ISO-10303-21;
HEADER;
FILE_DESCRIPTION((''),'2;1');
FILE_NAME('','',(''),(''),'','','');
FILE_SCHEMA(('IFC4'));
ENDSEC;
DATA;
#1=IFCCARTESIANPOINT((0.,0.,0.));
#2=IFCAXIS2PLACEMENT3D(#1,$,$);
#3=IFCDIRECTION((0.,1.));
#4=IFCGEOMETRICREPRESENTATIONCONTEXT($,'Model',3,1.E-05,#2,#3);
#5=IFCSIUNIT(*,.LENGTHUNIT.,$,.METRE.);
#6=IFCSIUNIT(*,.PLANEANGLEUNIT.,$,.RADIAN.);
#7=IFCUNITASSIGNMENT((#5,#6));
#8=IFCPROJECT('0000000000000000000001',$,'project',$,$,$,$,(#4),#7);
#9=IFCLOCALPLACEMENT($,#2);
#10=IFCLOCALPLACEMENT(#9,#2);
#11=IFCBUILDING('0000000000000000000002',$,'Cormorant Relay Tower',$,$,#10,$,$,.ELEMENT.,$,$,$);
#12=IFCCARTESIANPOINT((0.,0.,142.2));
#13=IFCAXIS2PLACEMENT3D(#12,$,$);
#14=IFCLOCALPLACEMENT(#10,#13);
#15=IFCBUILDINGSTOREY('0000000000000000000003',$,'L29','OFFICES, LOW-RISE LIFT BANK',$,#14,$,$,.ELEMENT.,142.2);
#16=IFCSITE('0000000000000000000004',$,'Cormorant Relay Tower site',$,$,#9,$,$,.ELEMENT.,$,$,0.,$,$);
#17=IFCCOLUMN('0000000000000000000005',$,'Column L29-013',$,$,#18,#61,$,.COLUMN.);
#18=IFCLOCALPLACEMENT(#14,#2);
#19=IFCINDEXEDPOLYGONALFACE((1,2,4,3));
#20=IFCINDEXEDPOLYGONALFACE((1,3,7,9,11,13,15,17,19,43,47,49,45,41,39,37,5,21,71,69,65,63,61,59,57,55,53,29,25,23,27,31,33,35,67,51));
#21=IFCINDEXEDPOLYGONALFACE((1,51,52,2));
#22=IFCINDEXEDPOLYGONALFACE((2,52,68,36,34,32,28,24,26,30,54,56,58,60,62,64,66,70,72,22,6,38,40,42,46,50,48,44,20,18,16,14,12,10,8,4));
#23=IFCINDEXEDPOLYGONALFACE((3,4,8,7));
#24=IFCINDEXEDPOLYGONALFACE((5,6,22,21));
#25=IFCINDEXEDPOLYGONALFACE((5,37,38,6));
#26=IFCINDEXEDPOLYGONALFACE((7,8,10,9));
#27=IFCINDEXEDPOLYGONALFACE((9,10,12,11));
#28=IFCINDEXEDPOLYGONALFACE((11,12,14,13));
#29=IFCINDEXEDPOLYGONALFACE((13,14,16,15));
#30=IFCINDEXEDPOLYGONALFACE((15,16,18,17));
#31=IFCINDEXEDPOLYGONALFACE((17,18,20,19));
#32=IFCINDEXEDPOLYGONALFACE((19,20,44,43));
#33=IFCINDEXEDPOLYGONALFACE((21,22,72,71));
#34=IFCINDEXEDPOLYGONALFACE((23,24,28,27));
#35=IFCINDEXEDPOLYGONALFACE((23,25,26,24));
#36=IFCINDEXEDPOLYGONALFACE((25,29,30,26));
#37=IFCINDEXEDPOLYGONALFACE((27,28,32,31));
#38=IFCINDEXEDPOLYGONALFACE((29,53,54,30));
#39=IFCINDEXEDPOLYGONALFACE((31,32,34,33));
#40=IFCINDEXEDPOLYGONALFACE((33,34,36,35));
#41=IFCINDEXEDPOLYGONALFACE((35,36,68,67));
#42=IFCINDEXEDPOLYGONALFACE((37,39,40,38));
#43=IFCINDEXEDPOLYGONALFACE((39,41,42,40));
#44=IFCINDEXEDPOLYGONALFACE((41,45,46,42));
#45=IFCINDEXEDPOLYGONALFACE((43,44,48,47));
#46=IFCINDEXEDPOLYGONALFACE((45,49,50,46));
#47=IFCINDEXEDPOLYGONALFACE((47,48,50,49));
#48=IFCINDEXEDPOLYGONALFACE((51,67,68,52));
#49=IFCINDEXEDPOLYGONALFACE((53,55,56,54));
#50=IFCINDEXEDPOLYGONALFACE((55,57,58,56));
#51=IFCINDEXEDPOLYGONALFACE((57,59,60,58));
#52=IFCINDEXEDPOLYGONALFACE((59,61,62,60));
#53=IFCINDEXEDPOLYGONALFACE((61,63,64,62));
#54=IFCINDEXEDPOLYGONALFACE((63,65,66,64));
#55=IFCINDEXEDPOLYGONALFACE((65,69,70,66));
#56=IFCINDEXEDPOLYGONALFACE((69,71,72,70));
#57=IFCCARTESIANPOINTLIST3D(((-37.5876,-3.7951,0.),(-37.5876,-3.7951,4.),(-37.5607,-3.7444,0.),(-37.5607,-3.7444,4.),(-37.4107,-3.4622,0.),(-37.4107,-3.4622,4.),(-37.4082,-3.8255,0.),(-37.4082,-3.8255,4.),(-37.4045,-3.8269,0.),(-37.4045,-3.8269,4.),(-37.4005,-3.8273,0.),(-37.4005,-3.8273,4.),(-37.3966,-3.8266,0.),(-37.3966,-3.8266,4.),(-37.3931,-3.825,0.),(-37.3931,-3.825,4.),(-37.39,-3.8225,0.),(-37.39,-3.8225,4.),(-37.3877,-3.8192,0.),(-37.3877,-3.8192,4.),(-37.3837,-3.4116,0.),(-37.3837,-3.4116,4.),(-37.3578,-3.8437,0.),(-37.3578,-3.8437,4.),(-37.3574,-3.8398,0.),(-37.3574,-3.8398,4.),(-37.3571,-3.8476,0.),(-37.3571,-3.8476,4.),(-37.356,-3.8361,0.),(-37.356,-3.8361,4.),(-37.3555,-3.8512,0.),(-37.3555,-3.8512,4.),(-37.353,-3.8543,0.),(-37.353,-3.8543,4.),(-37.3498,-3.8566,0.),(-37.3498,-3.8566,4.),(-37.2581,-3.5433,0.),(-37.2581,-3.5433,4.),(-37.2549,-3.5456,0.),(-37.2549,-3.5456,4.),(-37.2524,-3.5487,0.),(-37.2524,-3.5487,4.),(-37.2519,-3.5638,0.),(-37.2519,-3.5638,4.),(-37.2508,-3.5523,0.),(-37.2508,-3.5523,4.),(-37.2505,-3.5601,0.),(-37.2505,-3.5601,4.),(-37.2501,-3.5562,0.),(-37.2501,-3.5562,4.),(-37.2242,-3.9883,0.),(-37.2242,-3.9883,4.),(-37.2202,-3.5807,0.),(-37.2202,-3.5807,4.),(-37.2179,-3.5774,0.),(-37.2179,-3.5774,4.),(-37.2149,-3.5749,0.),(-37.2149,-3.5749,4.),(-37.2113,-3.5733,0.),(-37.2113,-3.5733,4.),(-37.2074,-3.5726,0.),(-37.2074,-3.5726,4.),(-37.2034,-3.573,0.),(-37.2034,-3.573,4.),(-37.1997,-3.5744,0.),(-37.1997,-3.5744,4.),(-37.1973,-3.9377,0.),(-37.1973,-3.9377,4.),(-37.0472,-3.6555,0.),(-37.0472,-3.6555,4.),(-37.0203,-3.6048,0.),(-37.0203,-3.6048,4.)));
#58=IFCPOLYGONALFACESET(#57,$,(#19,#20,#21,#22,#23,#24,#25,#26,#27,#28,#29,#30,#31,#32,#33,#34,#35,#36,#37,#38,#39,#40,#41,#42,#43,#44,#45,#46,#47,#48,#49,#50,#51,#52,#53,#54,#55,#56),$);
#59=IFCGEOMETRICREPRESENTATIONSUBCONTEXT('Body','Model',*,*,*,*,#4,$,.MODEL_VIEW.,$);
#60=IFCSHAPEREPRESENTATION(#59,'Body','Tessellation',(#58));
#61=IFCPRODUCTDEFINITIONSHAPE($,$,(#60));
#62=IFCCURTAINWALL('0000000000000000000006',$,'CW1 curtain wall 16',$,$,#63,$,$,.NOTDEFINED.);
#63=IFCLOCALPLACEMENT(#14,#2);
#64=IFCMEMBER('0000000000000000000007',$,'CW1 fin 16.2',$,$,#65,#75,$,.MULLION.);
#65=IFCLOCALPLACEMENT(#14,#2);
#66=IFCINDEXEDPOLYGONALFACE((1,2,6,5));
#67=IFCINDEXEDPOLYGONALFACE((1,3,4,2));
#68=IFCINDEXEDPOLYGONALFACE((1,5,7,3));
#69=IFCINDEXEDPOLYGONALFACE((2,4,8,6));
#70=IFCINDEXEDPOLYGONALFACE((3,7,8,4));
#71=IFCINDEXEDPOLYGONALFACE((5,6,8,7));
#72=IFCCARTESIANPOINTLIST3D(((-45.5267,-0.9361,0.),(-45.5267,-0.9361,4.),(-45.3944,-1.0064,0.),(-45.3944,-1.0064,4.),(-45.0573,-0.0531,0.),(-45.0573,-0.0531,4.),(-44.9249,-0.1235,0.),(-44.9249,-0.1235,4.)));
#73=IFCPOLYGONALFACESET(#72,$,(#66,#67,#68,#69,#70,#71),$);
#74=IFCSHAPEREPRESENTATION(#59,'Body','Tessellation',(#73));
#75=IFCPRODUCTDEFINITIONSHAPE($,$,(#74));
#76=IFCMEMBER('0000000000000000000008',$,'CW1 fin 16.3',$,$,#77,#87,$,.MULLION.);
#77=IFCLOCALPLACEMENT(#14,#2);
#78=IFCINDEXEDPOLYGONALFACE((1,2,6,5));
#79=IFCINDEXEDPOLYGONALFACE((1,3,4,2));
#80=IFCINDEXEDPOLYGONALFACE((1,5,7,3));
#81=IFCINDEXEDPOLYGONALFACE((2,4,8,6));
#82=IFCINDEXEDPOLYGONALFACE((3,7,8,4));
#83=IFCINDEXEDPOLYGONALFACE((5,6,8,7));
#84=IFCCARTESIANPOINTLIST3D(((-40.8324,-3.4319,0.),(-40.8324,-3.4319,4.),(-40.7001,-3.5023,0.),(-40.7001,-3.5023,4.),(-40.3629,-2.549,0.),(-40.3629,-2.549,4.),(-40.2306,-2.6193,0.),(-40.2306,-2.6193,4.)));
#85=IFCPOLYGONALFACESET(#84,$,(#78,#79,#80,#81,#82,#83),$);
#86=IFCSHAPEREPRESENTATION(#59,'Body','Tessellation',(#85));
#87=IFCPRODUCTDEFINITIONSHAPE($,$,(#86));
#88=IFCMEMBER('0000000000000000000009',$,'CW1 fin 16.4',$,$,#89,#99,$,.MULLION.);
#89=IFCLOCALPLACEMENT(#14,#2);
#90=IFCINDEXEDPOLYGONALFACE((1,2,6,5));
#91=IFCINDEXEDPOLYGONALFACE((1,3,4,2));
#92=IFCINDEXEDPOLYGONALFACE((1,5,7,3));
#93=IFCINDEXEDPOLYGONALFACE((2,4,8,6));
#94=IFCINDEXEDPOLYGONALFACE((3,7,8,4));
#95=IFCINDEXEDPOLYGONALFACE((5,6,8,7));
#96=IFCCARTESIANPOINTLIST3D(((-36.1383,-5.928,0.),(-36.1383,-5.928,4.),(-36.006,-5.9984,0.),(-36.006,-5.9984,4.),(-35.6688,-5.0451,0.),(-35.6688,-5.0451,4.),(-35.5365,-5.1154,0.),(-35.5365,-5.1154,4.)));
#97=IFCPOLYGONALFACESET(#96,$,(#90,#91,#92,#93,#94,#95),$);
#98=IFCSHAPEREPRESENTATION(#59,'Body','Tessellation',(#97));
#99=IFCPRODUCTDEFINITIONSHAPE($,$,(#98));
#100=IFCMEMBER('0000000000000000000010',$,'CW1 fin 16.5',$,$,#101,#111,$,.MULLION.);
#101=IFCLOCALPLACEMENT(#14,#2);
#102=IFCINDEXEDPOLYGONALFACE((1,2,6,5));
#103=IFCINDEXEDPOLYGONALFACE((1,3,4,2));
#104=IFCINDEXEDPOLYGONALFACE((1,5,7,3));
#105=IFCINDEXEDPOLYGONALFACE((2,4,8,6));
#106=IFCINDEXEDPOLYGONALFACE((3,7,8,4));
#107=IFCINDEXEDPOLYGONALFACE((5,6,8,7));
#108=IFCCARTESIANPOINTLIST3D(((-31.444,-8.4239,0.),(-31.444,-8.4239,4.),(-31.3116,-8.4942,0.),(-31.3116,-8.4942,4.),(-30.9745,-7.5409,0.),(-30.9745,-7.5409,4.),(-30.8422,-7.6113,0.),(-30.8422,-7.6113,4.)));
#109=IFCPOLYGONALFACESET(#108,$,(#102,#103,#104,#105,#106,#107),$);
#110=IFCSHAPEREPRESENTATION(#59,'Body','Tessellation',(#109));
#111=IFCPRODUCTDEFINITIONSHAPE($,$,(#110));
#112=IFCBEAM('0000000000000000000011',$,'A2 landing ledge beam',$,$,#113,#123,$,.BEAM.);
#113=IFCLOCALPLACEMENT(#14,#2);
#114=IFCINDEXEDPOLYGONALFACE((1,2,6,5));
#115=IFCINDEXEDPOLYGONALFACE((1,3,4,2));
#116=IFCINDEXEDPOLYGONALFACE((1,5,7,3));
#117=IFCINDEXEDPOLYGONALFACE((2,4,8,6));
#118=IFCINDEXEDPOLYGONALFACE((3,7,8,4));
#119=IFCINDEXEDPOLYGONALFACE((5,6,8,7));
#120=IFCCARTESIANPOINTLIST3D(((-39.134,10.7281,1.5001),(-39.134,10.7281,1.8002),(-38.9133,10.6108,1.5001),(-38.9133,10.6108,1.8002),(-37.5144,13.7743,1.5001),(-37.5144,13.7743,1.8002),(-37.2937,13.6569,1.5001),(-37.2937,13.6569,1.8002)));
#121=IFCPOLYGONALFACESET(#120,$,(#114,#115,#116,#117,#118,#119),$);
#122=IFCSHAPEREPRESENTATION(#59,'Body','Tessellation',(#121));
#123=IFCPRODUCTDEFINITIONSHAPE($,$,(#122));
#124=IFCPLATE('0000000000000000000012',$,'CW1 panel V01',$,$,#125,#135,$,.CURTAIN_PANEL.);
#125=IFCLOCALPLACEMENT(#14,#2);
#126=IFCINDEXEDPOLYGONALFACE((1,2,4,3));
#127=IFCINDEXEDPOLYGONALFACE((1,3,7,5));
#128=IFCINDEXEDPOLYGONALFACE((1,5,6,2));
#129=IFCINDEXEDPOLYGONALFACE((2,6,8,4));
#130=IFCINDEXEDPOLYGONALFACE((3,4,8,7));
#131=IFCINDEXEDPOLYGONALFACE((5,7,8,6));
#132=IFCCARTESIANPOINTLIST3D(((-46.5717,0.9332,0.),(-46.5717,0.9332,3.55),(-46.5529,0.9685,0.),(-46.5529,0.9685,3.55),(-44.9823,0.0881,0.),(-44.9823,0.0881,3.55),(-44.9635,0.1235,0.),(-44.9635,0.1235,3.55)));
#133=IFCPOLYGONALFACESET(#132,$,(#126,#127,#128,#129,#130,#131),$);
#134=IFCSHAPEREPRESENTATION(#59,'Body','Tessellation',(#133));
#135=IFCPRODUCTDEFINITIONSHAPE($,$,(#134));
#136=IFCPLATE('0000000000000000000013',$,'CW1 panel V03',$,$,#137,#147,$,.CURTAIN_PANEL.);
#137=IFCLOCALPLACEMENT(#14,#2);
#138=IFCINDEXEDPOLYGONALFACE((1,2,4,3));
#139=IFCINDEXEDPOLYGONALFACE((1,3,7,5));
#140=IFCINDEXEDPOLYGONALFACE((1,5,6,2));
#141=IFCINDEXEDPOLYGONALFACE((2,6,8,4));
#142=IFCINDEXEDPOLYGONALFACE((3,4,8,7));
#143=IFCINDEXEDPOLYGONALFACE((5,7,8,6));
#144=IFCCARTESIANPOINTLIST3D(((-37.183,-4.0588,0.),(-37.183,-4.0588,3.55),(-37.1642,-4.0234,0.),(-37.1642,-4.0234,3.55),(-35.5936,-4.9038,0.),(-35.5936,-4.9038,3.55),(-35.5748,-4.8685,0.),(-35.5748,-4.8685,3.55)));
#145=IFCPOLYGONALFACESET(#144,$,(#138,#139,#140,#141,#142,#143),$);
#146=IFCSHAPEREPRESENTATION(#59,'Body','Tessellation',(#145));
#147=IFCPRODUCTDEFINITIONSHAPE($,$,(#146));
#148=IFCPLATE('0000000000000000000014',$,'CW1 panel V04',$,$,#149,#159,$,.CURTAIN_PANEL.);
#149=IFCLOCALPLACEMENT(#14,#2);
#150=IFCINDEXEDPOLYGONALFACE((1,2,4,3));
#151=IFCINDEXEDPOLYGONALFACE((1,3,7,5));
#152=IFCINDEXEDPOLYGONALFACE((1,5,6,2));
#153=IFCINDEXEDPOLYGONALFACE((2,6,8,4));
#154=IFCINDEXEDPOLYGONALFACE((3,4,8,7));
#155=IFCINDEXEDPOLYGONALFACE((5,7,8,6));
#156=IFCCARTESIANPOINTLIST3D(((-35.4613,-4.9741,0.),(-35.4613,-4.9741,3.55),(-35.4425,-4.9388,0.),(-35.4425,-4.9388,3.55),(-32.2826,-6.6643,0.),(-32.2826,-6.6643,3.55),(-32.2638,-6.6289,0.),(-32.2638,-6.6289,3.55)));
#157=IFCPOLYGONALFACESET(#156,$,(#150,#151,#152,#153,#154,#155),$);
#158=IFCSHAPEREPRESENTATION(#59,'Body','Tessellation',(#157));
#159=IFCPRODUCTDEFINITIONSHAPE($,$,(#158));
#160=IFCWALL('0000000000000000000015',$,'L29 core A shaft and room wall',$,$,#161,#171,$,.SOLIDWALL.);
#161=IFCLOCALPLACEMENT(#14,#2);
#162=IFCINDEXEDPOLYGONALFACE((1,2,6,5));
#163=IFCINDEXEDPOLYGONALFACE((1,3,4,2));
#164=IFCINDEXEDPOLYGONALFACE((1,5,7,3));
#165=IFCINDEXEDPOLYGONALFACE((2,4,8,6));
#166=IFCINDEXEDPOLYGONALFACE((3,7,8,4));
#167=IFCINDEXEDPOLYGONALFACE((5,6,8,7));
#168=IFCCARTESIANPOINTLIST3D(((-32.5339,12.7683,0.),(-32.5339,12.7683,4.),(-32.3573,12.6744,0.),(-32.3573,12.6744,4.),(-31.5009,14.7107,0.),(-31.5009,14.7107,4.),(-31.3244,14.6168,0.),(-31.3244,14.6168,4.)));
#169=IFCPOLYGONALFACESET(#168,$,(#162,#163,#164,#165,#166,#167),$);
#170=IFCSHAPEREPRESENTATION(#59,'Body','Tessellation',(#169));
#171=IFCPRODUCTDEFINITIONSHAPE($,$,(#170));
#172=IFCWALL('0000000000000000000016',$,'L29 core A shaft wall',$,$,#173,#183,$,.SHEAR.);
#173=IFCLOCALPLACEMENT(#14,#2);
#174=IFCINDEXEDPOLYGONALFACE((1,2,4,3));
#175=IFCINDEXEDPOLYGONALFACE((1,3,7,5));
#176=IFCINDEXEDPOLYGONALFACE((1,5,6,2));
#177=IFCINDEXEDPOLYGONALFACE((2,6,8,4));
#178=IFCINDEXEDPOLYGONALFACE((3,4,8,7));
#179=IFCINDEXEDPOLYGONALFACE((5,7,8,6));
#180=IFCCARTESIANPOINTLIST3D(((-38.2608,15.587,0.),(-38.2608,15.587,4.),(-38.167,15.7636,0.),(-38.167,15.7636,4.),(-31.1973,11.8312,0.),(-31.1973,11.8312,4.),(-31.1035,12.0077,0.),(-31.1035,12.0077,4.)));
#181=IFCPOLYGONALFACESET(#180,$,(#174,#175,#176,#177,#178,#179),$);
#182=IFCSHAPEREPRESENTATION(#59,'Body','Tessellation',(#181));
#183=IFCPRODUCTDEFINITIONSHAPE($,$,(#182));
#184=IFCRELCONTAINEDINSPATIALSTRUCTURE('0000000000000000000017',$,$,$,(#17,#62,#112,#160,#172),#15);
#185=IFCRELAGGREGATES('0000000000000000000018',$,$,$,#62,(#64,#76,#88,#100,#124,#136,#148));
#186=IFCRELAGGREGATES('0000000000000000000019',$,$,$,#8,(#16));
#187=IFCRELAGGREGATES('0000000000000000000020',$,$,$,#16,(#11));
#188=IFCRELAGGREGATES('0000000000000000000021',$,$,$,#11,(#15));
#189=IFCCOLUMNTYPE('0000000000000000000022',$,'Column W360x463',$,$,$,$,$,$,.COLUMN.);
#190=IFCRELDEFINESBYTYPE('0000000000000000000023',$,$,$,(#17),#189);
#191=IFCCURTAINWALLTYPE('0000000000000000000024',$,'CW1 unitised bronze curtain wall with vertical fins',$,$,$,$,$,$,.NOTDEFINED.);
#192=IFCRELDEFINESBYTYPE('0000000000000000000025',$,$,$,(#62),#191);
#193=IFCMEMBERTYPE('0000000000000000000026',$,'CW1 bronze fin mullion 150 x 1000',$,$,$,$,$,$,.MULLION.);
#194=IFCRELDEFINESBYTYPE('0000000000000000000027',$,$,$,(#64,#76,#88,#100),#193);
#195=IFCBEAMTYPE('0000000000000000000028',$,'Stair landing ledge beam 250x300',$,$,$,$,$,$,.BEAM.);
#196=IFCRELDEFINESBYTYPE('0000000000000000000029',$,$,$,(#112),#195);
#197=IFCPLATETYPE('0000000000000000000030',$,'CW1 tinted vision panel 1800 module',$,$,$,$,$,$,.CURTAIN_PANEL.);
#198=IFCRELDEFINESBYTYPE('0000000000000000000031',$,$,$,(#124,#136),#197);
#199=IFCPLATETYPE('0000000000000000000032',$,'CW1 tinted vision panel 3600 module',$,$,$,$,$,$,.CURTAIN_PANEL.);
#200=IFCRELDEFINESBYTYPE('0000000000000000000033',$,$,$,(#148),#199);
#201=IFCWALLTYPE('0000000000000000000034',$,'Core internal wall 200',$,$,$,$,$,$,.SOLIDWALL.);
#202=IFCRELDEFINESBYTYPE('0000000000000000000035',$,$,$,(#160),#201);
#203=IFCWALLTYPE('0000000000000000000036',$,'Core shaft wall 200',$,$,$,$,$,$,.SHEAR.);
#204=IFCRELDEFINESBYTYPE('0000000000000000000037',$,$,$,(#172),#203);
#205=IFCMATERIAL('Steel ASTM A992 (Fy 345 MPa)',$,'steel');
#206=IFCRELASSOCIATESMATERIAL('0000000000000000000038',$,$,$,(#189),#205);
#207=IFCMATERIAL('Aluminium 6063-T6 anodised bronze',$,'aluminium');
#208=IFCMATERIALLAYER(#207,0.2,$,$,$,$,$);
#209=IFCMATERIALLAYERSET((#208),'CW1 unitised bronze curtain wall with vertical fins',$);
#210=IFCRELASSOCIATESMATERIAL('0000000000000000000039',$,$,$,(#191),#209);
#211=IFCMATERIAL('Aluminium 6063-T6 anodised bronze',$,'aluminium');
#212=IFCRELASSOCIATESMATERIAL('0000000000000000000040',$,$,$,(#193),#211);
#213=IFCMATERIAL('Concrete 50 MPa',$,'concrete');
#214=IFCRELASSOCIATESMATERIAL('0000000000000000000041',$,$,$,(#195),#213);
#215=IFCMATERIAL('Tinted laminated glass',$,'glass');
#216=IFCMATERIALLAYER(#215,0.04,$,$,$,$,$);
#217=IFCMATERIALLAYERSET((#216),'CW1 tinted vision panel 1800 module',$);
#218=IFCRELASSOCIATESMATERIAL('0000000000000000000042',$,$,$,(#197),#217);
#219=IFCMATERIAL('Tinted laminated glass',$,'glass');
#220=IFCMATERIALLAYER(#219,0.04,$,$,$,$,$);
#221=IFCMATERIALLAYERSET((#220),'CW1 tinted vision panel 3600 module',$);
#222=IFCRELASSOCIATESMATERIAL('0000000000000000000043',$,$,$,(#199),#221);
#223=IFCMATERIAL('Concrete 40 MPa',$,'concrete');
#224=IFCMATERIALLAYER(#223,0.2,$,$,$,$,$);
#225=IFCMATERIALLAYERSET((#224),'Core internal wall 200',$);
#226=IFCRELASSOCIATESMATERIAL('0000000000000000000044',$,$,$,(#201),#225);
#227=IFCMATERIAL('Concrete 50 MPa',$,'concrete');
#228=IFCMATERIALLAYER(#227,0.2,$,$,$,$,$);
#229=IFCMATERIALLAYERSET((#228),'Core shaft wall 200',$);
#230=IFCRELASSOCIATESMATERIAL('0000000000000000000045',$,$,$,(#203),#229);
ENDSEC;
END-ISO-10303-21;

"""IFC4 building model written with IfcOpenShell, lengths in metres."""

from ifc_helpers import new_model, si_unit, direction, frame, frame_2d, origin, origin_2d, place, context, subcontext, project, spatial, rectangle, i_section, extrude, material, layer, layer_set, material_profile, profile_set, type_object, element, aggregate, save


model = new_model("IFC4")

# Units and contexts
model_context = context("Model", 3, precision=1e-05, world=origin(), true_north=direction((0.0, 1.0)))
body_context = subcontext(model_context, "Body", "Model", "MODEL_VIEW")
ifc_project = project(units=[si_unit("LENGTHUNIT", "METRE"), si_unit("PLANEANGLEUNIT", "RADIAN")], contexts=[model_context])

# Site, building, storey
site_placement = place(None, origin())
site = spatial("IfcSite", under=ifc_project, at=site_placement, Name="Cormorant Relay Tower site", CompositionType="ELEMENT", RefElevation=0.0)
building_placement = place(site_placement, origin())
building = spatial("IfcBuilding", under=site, at=building_placement, Name="Cormorant Relay Tower", CompositionType="ELEMENT")
storey_placement = place(building_placement, frame((0.0, 0.0, 142.2)))
storey = spatial("IfcBuildingStorey", under=building, at=storey_placement, Name="L29", Description="OFFICES, LOW-RISE LIFT BANK", CompositionType="ELEMENT", Elevation=142.2)

# Column
ifc_material_1 = material(Name="Steel ASTM A992 (Fy 345 MPa)", Category="steel")
ifc_material_profile_1 = material_profile(ifc_material_1, i_section(OverallWidth=0.4116, OverallDepth=0.4343, WebThickness=0.0359, FlangeThickness=0.0574, FilletRadius=0.0151, at=origin_2d()), Name="W360x463")
ifc_profile_set_1 = profile_set([ifc_material_profile_1], Name="Steel ASTM A992 (Fy 345 MPa)")
column_type = type_object("IfcColumnType", Name="Column W360x463", PredefinedType="COLUMN", material=ifc_profile_set_1)
column_placement = place(storey_placement, frame((-37.304, -3.7, 0.0), z_axis=(0.0, 0.0, 1.0), x_axis=(0.882948, -0.469472, 0.0)))
element("IfcColumn", 1, at=column_placement, inside=storey, type_object=column_type, Name="Column L29-013", PredefinedType="COLUMN", context=body_context, shape_type="SweptSolid", body=[
    extrude(i_section(OverallWidth=0.4116, OverallDepth=0.4343, WebThickness=0.0359, FlangeThickness=0.0574, FilletRadius=0.0151, at=origin_2d()), origin(), (0.0, 0.0, 1.0), 4.0),
])

# Curtain wall, members
ifc_material_2 = material(Name="Aluminium 6063-T6 anodised bronze", Category="aluminium")
ifc_layer_1 = layer(ifc_material_2, 0.2)
ifc_layer_set_1 = layer_set([ifc_layer_1], Name="CW1 unitised bronze curtain wall with vertical fins")
curtain_wall_type = type_object("IfcCurtainWallType", Name="CW1 unitised bronze curtain wall with vertical fins", PredefinedType="NOTDEFINED", material=ifc_layer_set_1)
curtain_wall_placement = place(storey_placement, origin())
curtain_wall = element("IfcCurtainWall", 2, at=curtain_wall_placement, inside=storey, type_object=curtain_wall_type, Name="CW1 curtain wall 16", PredefinedType="NOTDEFINED")
ifc_material_3 = material(Name="Aluminium 6063-T6 anodised bronze", Category="aluminium")
ifc_material_profile_2 = material_profile(ifc_material_3, rectangle(XDim=0.1499, YDim=1.0, at=origin_2d()), Name="AL 150x1000")
ifc_profile_set_2 = profile_set([ifc_material_profile_2], Name="Aluminium 6063-T6 anodised bronze")
member_type = type_object("IfcMemberType", Name="CW1 bronze fin mullion 150 x 1000", PredefinedType="MULLION", material=ifc_profile_set_2)
member_1_placement = place(storey_placement, frame((-45.2258, -0.5298, 0.0), z_axis=(0.0, 0.0, 1.0), x_axis=(0.882948, -0.469472, 0.0)))
member_1 = element("IfcMember", 3, at=member_1_placement, type_object=member_type, Name="CW1 fin 16.2", PredefinedType="MULLION", context=body_context, shape_type="SweptSolid", body=[
    extrude(rectangle(XDim=0.1499, YDim=1.0, at=origin_2d()), origin(), (0.0, 0.0, 1.0), 4.0),
])
member_2_placement = place(storey_placement, frame((-40.5315, -3.0256, 0.0), z_axis=(0.0, 0.0, 1.0), x_axis=(0.882948, -0.469472, 0.0)))
member_2 = element("IfcMember", 4, at=member_2_placement, type_object=member_type, Name="CW1 fin 16.3", PredefinedType="MULLION", context=body_context, shape_type="SweptSolid", body=[
    extrude(rectangle(XDim=0.1499, YDim=1.0, at=origin_2d()), origin(), (0.0, 0.0, 1.0), 4.0),
])
member_3_placement = place(storey_placement, frame((-35.8374, -5.5217, 0.0), z_axis=(0.0, 0.0, 1.0), x_axis=(0.882948, -0.469472, 0.0)))
member_3 = element("IfcMember", 5, at=member_3_placement, type_object=member_type, Name="CW1 fin 16.4", PredefinedType="MULLION", context=body_context, shape_type="SweptSolid", body=[
    extrude(rectangle(XDim=0.1499, YDim=1.0, at=origin_2d()), origin(), (0.0, 0.0, 1.0), 4.0),
])
member_4_placement = place(storey_placement, frame((-31.1431, -8.0176, 0.0), z_axis=(0.0, 0.0, 1.0), x_axis=(0.882948, -0.469472, 0.0)))
member_4 = element("IfcMember", 6, at=member_4_placement, type_object=member_type, Name="CW1 fin 16.5", PredefinedType="MULLION", context=body_context, shape_type="SweptSolid", body=[
    extrude(rectangle(XDim=0.1499, YDim=1.0, at=origin_2d()), origin(), (0.0, 0.0, 1.0), 4.0),
])

# Beam
ifc_material_4 = material(Name="Concrete 50 MPa", Category="concrete")
ifc_material_profile_3 = material_profile(ifc_material_4, rectangle(XDim=0.25, YDim=0.3, at=origin_2d()), Name="RC 250x300")
ifc_profile_set_3 = profile_set([ifc_material_profile_3], Name="Concrete 50 MPa")
beam_type = type_object("IfcBeamType", Name="Stair landing ledge beam 250x300", PredefinedType="BEAM", material=ifc_profile_set_3)
beam_placement = place(storey_placement, frame((-37.4041, 13.7156, 1.6501), z_axis=(-0.469464, -0.882952, 0.0), x_axis=(0.882952, -0.469464, 0.0)))
element("IfcBeam", 7, at=beam_placement, inside=storey, type_object=beam_type, Name="A2 landing ledge beam", PredefinedType="BEAM", context=body_context, shape_type="SweptSolid", body=[
    extrude(rectangle(XDim=0.25, YDim=0.3, at=origin_2d()), origin(), (0.0, 0.0, 1.0), 3.45),
])

# Plates
ifc_material_5 = material(Name="Tinted laminated glass", Category="glass")
ifc_layer_2 = layer(ifc_material_5, 0.04)
ifc_layer_set_2 = layer_set([ifc_layer_2], Name="CW1 tinted vision panel 1800 module")
plate_type_1 = type_object("IfcPlateType", Name="CW1 tinted vision panel 1800 module", PredefinedType="CURTAIN_PANEL", material=ifc_layer_set_2)
plate_1_placement = place(storey_placement, frame((-45.7676, 0.5283, 0.0), z_axis=(0.0, 0.0, 1.0), x_axis=(0.882948, -0.469472, 0.0)))
plate_1 = element("IfcPlate", 8, at=plate_1_placement, type_object=plate_type_1, Name="CW1 panel V01", PredefinedType="CURTAIN_PANEL", context=body_context, shape_type="SweptSolid", body=[
    extrude(rectangle(XDim=1.8, YDim=0.04, at=origin_2d()), origin(), (0.0, 0.0, 1.0), 3.55),
])
plate_2_placement = place(storey_placement, frame((-36.3789, -4.4636, 0.0), z_axis=(0.0, 0.0, 1.0), x_axis=(0.882948, -0.469472, 0.0)))
plate_2 = element("IfcPlate", 9, at=plate_2_placement, type_object=plate_type_1, Name="CW1 panel V03", PredefinedType="CURTAIN_PANEL", context=body_context, shape_type="SweptSolid", body=[
    extrude(rectangle(XDim=1.8, YDim=0.04, at=origin_2d()), origin(), (0.0, 0.0, 1.0), 3.55),
])
ifc_material_6 = material(Name="Tinted laminated glass", Category="glass")
ifc_layer_3 = layer(ifc_material_6, 0.04)
ifc_layer_set_3 = layer_set([ifc_layer_3], Name="CW1 tinted vision panel 3600 module")
plate_type_2 = type_object("IfcPlateType", Name="CW1 tinted vision panel 3600 module", PredefinedType="CURTAIN_PANEL", material=ifc_layer_set_3)
plate_3_placement = place(storey_placement, frame((-33.8625, -5.8015, 0.0), z_axis=(0.0, 0.0, 1.0), x_axis=(0.882948, -0.469472, 0.0)))
plate_3 = element("IfcPlate", 10, at=plate_3_placement, type_object=plate_type_2, Name="CW1 panel V04", PredefinedType="CURTAIN_PANEL", context=body_context, shape_type="SweptSolid", body=[
    extrude(rectangle(XDim=3.6001, YDim=0.04, at=origin_2d()), origin(), (0.0, 0.0, 1.0), 3.55),
])

# Walls
ifc_material_7 = material(Name="Concrete 40 MPa", Category="concrete")
ifc_layer_4 = layer(ifc_material_7, 0.2)
ifc_layer_set_4 = layer_set([ifc_layer_4], Name="Core internal wall 200")
wall_type_1 = type_object("IfcWallType", Name="Core internal wall 200", PredefinedType="SOLIDWALL", material=ifc_layer_set_4)
wall_1_placement = place(storey_placement, frame((-31.4126, 14.6638, 0.0), z_axis=(0.0, 0.0, 1.0), x_axis=(-0.469534, -0.882914, 0.0)))
element("IfcWall", 11, at=wall_1_placement, inside=storey, type_object=wall_type_1, Name="L29 core A shaft and room wall", PredefinedType="SOLIDWALL", context=body_context, shape_type="SweptSolid", body=[
    extrude(rectangle(XDim=2.2, YDim=0.2, at=frame_2d((1.1001, 0.0))), origin(), (0.0, 0.0, 1.0), 4.0),
])
ifc_material_8 = material(Name="Concrete 50 MPa", Category="concrete")
ifc_layer_5 = layer(ifc_material_8, 0.2)
ifc_layer_set_5 = layer_set([ifc_layer_5], Name="Core shaft wall 200")
wall_type_2 = type_object("IfcWallType", Name="Core shaft wall 200", PredefinedType="SHEAR", material=ifc_layer_set_5)
for number, where, z_axis, x_axis, name in (
    (12, (-31.1504, 11.9194, 0.0), (0.0, 0.0, 1.0), (-0.88294, 0.469485, 0.0), "L29 core A shaft wall"),
):
    element("IfcWall", number, at=place(storey_placement, frame(where, z_axis=z_axis, x_axis=x_axis)), inside=storey, type_object=wall_type_2, Name=name, PredefinedType="SHEAR", context=body_context, shape_type="SweptSolid", body=[
        extrude(rectangle(XDim=8.0, YDim=0.2, at=frame_2d((4.0, 0.0))), origin(), (0.0, 0.0, 1.0), 4.0),
    ])

aggregate(curtain_wall, [member_1, member_2, member_3, member_4, plate_1, plate_2, plate_3])

save(model, "model.ifc")
